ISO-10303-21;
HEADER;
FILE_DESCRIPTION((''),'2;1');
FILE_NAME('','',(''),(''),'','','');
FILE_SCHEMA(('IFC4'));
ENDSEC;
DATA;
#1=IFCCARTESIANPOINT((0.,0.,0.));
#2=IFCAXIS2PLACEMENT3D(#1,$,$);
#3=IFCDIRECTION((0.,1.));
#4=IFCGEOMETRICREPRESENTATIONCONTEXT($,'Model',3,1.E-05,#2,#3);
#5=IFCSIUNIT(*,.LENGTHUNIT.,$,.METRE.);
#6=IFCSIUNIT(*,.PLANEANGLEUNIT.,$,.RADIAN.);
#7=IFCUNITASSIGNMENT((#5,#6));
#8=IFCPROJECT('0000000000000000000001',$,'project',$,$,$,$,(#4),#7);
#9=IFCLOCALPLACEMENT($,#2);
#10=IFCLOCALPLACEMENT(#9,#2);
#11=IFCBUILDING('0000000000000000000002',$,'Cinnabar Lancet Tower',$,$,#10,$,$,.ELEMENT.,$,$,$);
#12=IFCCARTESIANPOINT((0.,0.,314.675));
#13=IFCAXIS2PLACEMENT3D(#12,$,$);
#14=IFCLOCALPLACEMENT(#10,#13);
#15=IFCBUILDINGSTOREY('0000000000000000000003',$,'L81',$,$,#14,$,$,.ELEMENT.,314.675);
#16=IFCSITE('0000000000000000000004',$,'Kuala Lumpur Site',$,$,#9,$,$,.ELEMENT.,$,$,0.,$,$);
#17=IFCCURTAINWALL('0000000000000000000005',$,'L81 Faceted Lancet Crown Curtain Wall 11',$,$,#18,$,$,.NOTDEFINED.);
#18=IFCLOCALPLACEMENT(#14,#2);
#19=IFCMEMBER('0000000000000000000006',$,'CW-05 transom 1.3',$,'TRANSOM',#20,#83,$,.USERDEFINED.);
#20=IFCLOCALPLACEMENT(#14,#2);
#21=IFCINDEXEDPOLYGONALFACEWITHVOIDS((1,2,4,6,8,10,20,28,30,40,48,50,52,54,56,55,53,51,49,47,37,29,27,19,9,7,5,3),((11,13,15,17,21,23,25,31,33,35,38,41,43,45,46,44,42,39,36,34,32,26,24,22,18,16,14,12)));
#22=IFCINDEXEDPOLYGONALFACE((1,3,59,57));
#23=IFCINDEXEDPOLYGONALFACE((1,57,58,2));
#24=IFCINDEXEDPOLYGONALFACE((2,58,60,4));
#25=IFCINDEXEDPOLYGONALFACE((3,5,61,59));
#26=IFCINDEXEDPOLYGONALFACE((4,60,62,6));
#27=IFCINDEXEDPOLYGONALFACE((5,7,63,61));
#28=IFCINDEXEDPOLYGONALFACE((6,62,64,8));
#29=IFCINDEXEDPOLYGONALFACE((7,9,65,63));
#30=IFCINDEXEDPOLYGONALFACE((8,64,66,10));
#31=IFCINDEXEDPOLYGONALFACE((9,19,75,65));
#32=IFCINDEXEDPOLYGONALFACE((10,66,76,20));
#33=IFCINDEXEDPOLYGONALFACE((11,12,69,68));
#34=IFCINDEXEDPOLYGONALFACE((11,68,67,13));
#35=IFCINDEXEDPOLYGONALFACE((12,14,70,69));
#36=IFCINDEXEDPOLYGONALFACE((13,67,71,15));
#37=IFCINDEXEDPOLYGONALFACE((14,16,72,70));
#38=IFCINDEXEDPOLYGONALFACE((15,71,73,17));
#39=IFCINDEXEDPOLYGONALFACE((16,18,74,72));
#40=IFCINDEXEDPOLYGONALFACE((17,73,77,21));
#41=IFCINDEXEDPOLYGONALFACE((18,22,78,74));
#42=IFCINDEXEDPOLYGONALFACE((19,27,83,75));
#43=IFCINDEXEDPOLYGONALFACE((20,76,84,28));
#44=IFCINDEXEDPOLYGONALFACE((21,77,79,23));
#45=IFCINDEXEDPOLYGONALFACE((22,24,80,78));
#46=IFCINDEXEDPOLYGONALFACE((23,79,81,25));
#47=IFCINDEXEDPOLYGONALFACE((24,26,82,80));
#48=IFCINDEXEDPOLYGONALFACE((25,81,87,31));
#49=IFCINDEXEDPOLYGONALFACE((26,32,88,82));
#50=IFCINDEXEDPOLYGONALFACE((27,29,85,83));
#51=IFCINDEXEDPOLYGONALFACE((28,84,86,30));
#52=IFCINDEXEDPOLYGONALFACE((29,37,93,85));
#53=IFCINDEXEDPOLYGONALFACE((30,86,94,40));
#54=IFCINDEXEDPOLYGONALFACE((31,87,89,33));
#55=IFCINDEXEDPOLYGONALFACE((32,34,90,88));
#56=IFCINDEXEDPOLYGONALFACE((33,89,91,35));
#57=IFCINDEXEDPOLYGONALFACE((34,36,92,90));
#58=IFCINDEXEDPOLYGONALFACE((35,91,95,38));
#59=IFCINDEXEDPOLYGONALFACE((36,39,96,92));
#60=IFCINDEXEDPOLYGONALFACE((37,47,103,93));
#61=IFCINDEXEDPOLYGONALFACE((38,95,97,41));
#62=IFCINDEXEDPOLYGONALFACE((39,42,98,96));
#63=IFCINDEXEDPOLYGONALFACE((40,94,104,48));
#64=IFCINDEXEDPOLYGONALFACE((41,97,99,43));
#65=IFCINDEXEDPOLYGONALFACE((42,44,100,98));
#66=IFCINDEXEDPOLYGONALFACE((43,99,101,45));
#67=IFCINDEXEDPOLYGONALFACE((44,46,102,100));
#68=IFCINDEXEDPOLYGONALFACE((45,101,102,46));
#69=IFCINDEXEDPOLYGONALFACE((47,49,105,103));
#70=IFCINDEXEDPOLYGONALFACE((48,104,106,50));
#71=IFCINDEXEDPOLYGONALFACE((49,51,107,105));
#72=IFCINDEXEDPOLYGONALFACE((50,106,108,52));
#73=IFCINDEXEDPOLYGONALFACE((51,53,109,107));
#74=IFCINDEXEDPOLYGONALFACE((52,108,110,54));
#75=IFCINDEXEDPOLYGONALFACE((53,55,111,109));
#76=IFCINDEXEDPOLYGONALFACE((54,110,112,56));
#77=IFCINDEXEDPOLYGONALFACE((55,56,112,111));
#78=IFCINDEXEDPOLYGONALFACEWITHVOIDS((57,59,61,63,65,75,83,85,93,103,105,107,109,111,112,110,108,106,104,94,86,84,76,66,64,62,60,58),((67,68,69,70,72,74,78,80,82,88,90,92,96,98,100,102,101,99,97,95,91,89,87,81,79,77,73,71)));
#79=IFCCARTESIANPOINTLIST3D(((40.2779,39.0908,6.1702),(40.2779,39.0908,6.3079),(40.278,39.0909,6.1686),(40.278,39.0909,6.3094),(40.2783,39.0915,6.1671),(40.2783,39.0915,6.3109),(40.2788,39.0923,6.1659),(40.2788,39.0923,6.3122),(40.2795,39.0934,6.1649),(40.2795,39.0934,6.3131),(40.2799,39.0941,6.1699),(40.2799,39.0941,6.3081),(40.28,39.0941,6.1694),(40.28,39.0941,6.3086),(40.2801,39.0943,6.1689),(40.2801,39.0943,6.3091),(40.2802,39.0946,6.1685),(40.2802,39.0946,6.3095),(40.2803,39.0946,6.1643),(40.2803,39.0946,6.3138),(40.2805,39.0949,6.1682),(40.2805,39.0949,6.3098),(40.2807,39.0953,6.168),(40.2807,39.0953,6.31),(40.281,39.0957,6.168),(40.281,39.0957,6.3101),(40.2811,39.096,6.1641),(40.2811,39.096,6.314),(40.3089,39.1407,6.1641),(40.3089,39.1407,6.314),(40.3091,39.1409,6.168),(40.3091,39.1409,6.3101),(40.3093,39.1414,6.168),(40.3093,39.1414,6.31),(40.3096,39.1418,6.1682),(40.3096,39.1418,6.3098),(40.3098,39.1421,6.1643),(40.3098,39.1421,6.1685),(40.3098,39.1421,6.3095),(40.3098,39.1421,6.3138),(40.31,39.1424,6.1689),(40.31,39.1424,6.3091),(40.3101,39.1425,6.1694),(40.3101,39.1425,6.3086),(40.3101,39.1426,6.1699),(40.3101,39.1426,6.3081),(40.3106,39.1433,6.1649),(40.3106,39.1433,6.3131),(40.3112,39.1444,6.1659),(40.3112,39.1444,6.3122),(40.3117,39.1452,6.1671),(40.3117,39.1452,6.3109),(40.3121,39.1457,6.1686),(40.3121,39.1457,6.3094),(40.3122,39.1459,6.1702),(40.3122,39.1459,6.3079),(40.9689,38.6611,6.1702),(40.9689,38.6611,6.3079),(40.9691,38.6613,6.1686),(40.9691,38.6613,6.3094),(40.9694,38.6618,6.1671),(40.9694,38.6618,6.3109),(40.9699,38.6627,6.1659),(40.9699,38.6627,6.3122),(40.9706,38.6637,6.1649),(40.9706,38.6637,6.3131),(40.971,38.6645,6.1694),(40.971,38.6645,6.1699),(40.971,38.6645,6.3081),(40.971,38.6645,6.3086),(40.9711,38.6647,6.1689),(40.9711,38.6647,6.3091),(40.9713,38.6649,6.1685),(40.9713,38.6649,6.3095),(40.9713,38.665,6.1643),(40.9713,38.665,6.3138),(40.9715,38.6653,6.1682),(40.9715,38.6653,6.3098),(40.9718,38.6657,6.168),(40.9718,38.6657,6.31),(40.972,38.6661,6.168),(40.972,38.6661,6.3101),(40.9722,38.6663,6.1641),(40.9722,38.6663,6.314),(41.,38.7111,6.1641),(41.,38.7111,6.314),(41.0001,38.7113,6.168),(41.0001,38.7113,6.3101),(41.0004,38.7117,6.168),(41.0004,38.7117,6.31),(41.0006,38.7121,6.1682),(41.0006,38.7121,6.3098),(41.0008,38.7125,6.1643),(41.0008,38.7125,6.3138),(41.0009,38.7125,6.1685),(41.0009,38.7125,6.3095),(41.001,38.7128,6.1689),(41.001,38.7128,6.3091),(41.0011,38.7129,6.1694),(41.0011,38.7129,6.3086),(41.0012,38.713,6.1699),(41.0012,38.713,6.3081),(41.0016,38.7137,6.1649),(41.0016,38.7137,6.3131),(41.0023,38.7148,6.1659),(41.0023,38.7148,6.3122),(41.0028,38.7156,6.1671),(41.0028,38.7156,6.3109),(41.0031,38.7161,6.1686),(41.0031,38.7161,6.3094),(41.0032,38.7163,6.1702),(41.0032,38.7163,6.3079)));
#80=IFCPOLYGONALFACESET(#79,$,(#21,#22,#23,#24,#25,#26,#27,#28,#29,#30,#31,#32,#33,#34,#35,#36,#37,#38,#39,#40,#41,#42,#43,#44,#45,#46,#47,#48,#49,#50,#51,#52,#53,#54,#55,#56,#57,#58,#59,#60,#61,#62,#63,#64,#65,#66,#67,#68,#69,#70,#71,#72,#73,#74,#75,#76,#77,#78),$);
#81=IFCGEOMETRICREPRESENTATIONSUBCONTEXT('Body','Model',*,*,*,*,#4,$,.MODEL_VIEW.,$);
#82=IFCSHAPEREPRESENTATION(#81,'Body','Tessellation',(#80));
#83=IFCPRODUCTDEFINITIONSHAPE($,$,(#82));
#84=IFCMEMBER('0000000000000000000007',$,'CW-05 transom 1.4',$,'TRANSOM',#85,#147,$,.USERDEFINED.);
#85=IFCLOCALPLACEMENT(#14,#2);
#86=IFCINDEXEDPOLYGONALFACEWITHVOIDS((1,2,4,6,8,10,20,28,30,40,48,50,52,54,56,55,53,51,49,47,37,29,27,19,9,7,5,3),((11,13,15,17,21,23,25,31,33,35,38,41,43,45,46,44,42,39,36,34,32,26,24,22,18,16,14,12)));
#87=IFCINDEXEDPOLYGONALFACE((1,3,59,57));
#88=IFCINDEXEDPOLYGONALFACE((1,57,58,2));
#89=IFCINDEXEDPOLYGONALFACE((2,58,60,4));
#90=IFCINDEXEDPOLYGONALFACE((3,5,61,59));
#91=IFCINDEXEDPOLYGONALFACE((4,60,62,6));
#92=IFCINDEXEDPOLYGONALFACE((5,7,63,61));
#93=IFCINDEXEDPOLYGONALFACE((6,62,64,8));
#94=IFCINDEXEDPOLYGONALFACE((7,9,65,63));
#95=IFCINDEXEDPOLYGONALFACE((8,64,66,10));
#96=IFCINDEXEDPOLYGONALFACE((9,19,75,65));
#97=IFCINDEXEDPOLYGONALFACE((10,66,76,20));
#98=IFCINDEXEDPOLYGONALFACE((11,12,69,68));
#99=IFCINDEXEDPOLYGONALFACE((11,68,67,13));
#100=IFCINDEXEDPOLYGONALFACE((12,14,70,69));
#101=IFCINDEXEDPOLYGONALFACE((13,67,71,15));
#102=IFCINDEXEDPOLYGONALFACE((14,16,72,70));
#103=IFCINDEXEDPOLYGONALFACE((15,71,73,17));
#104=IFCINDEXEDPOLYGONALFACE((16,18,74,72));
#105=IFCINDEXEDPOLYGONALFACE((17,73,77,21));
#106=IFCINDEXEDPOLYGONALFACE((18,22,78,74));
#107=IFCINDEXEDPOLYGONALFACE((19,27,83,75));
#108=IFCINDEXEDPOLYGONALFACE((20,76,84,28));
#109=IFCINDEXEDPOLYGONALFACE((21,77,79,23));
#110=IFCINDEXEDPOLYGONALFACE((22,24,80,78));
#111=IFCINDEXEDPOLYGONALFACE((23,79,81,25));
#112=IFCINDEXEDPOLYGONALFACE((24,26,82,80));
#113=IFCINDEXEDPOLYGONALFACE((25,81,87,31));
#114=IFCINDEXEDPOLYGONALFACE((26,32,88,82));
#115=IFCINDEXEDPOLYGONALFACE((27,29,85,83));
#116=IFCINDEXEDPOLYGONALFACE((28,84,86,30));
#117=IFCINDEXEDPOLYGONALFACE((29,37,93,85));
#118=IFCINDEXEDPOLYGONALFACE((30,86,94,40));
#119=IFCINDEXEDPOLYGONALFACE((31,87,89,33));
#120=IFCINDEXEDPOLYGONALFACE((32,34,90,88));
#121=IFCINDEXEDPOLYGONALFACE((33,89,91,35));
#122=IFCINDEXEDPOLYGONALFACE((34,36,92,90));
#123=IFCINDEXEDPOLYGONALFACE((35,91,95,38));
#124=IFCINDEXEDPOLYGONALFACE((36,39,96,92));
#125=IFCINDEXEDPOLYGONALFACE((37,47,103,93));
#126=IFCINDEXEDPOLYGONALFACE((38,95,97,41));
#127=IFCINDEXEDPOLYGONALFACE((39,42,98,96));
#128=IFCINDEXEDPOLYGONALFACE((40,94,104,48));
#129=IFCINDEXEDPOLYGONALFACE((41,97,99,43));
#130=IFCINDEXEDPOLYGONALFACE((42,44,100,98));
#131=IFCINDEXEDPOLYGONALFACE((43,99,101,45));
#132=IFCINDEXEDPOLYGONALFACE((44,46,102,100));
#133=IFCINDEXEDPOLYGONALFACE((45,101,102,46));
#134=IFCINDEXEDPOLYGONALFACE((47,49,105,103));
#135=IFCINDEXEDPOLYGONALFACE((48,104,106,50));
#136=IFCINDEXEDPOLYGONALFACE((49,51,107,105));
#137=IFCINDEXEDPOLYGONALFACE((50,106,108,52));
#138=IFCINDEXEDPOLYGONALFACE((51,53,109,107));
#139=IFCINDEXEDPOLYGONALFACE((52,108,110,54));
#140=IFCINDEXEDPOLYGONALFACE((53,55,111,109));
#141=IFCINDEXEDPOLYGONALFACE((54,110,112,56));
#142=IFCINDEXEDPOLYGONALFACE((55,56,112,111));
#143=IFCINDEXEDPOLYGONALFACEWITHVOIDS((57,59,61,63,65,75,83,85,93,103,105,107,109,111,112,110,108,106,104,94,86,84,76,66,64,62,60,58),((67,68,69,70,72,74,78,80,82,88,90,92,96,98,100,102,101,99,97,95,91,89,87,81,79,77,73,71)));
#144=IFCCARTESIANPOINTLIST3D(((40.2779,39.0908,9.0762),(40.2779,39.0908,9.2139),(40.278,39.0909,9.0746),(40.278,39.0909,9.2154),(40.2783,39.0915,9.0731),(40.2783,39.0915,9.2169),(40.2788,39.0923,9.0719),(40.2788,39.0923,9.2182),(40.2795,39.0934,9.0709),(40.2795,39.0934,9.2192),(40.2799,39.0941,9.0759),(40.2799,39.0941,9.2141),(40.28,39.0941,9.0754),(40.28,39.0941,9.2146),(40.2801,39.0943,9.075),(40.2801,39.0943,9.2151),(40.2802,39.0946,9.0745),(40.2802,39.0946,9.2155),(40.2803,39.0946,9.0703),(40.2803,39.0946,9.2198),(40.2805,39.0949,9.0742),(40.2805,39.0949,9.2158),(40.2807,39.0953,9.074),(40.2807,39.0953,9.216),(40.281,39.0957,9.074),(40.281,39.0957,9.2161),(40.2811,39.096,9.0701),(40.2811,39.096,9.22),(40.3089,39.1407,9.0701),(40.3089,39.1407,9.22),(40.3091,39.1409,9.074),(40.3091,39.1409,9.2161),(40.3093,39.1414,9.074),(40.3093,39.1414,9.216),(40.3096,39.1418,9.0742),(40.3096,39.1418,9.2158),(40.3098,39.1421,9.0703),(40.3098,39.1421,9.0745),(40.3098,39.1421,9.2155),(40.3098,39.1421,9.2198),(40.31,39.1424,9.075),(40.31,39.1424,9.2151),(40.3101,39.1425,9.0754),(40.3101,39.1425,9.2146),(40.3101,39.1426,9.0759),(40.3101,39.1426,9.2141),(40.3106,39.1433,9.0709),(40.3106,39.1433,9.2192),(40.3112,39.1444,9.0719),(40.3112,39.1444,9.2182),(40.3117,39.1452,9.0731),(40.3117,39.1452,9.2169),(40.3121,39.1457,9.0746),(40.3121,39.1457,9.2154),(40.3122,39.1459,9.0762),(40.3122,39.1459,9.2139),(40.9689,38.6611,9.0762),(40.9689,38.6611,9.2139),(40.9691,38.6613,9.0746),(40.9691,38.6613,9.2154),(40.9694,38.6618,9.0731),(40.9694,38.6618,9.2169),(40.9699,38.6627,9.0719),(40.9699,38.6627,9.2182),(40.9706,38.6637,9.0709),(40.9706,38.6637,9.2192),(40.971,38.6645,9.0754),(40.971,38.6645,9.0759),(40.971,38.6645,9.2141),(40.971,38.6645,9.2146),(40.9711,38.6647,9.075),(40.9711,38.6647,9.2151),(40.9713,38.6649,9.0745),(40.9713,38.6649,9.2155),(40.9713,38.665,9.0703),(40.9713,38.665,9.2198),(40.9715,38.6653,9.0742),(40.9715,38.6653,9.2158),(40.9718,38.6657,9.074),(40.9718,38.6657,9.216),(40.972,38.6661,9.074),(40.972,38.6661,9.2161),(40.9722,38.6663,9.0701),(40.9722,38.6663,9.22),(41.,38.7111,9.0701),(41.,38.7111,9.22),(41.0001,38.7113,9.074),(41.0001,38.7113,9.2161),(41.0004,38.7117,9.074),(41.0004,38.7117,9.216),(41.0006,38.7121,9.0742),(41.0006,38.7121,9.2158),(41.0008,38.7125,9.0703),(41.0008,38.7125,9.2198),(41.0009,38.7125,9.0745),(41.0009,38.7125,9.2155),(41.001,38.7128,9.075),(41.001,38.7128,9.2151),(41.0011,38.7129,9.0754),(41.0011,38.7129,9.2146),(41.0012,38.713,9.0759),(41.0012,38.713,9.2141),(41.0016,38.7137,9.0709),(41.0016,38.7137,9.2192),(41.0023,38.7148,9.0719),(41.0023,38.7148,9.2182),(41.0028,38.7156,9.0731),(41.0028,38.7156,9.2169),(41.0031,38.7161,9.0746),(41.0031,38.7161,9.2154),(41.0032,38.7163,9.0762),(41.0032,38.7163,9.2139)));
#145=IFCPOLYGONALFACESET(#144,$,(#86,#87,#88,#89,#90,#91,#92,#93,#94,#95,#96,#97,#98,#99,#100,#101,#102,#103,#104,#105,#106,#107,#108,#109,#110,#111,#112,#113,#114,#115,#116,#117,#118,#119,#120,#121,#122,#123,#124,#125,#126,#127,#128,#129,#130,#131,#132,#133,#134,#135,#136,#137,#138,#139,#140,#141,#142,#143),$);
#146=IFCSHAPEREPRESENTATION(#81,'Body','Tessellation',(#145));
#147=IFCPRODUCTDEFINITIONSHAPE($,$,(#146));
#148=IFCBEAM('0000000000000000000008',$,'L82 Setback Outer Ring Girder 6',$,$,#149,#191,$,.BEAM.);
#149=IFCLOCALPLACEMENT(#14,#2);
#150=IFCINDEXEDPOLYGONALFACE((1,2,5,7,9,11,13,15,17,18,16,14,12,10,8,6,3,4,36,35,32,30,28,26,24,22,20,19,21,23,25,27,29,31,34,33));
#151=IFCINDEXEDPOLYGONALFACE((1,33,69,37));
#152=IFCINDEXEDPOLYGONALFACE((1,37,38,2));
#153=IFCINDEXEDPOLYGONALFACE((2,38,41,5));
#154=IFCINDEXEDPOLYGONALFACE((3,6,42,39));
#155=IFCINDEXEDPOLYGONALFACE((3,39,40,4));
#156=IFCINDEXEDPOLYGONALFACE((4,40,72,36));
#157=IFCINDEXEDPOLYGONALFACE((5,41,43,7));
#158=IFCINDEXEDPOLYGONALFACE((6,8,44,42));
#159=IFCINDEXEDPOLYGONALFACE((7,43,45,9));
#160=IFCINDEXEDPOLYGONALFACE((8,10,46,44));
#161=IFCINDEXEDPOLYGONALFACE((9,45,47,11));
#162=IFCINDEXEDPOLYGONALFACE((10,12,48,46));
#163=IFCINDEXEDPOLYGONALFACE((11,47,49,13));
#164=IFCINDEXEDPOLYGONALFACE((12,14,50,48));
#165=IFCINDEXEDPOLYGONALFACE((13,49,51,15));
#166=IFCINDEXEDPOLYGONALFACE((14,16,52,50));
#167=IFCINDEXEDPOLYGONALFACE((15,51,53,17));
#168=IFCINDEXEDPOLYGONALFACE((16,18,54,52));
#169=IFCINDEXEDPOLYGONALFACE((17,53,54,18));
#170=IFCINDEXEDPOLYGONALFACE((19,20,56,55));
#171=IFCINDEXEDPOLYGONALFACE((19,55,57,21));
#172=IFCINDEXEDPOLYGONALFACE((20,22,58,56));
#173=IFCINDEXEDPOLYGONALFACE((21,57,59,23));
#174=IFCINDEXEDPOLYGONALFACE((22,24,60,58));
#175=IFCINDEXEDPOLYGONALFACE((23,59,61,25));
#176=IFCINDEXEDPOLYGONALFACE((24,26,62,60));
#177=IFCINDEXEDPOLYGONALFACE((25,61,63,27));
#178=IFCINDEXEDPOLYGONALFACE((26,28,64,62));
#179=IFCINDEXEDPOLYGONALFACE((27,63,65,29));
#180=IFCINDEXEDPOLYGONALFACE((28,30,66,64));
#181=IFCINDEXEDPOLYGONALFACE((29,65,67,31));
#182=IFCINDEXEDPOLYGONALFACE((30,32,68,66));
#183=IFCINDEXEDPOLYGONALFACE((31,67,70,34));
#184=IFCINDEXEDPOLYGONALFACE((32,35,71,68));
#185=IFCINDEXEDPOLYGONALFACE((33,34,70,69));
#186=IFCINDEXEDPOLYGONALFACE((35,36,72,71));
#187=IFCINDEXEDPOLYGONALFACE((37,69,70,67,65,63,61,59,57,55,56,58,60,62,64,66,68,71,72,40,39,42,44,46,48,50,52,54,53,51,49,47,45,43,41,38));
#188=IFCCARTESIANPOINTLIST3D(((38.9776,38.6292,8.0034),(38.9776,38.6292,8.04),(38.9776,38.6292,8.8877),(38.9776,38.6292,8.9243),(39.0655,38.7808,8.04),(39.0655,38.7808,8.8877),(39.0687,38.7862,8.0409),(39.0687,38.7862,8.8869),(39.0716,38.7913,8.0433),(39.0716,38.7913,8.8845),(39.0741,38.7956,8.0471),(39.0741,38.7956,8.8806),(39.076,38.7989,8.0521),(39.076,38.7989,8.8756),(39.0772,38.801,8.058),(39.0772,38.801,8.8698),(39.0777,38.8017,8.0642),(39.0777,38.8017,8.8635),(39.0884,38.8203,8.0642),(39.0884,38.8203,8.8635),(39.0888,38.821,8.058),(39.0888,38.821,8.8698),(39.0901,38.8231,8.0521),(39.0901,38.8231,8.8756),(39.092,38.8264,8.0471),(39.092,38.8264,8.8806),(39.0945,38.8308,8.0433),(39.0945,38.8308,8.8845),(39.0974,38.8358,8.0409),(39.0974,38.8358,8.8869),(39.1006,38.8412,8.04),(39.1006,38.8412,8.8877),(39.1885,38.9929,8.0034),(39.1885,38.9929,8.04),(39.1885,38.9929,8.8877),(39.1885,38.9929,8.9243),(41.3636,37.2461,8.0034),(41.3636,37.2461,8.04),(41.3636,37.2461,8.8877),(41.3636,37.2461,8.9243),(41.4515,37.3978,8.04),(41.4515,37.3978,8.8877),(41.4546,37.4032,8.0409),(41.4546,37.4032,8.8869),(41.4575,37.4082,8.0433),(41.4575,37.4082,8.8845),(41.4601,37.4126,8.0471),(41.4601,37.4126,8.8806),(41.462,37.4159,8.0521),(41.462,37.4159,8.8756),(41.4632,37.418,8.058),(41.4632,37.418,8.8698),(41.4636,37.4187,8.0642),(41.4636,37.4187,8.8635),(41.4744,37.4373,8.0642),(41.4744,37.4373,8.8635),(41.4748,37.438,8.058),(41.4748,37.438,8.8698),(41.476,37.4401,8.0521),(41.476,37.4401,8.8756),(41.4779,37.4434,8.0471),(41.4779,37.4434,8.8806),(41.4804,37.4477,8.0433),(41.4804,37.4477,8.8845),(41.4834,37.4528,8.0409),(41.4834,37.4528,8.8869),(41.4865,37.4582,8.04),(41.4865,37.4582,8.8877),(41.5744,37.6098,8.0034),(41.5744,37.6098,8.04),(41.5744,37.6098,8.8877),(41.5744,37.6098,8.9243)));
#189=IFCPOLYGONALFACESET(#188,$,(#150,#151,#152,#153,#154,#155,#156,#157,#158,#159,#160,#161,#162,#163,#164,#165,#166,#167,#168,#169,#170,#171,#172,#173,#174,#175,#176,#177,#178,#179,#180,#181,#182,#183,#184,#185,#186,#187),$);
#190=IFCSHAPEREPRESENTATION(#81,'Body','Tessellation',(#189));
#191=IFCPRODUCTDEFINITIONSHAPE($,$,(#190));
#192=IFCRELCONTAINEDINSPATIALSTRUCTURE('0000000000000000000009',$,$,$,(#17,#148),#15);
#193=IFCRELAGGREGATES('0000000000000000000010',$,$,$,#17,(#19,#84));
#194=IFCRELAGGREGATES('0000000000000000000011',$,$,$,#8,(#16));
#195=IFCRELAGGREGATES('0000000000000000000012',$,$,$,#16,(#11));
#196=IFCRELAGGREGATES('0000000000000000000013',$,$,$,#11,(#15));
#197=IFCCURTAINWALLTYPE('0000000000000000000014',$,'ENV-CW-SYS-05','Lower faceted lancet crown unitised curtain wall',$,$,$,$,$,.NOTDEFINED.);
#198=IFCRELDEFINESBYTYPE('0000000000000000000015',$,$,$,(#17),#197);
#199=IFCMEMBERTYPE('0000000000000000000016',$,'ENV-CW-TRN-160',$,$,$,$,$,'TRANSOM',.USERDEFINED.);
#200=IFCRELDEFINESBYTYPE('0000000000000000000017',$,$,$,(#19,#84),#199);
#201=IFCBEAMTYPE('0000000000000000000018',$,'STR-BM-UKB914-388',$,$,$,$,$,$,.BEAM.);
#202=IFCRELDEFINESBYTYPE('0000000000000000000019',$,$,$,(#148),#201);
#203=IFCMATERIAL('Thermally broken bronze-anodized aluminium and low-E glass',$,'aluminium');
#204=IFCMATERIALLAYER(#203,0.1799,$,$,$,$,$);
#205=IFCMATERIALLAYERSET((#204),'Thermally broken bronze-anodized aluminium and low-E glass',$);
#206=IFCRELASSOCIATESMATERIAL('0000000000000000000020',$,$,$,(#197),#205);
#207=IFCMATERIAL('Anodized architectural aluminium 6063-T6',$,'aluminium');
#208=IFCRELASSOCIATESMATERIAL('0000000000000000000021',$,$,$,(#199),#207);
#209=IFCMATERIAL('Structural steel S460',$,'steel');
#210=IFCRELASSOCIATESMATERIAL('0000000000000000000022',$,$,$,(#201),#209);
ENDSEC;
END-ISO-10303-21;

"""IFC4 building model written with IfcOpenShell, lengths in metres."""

from ifc_helpers import new_model, si_unit, direction, frame, origin, origin_2d, place, context, subcontext, project, spatial, hollow_rectangle, i_section, extrude, material, layer, layer_set, material_profile, profile_set, type_object, element, aggregate, save


model = new_model("IFC4")

# Units and contexts
model_context = context("Model", 3, precision=1e-05, world=origin(), true_north=direction((0.0, 1.0)))
body_context = subcontext(model_context, "Body", "Model", "MODEL_VIEW")
ifc_project = project(units=[si_unit("LENGTHUNIT", "METRE"), si_unit("PLANEANGLEUNIT", "RADIAN")], contexts=[model_context])

# Site, building, storey
site_placement = place(None, origin())
site = spatial("IfcSite", under=ifc_project, at=site_placement, Name="Kuala Lumpur Site", CompositionType="ELEMENT", RefElevation=0.0)
building_placement = place(site_placement, origin())
building = spatial("IfcBuilding", under=site, at=building_placement, Name="Cinnabar Lancet Tower", CompositionType="ELEMENT")
storey_placement = place(building_placement, frame((0.0, 0.0, 314.675)))
storey = spatial("IfcBuildingStorey", under=building, at=storey_placement, Name="L81", CompositionType="ELEMENT", Elevation=314.675)

# Curtain wall
ifc_material_1 = material(Name="Thermally broken bronze-anodized aluminium and low-E glass", Category="aluminium")
ifc_layer_1 = layer(ifc_material_1, 0.1799)
ifc_layer_set_1 = layer_set([ifc_layer_1], Name="Thermally broken bronze-anodized aluminium and low-E glass")
curtain_wall_type = type_object("IfcCurtainWallType", Name="ENV-CW-SYS-05", Description="Lower faceted lancet crown unitised curtain wall", PredefinedType="NOTDEFINED", material=ifc_layer_set_1)
curtain_wall_1_placement = place(storey_placement, origin())
curtain_wall_1 = element("IfcCurtainWall", 1, at=curtain_wall_1_placement, inside=storey, type_object=curtain_wall_type, Name="L81 Faceted Lancet Crown Curtain Wall 11", PredefinedType="NOTDEFINED")

# Members
ifc_material_2 = material(Name="Anodized architectural aluminium 6063-T6", Category="aluminium")
ifc_material_profile_1 = material_profile(ifc_material_2, hollow_rectangle(XDim=0.0649, YDim=0.1499, WallThickness=0.0039, InnerFilletRadius=0.002, OuterFilletRadius=0.0061, at=origin_2d()), Name="CW-TRN 150x65x4")
ifc_profile_set_1 = profile_set([ifc_material_profile_1], Name="Anodized architectural aluminium 6063-T6")
member_type_1 = type_object("IfcMemberType", Name="ENV-CW-TRN-160", ElementType="TRANSOM", PredefinedType="USERDEFINED", material=ifc_profile_set_1)
member_1_placement = place(storey_placement, frame((40.9861, 38.6887, 6.239), z_axis=(-0.84926, 0.527975, 0.0), x_axis=(-0.527975, -0.84926, 0.0)))
member_1 = element("IfcMember", 2, at=member_1_placement, type_object=member_type_1, Name="CW-05 transom 1.3", ObjectType="TRANSOM", PredefinedType="USERDEFINED", context=body_context, shape_type="SweptSolid", body=[
    extrude(hollow_rectangle(XDim=0.0649, YDim=0.1499, WallThickness=0.0039, InnerFilletRadius=0.002, OuterFilletRadius=0.0061, at=origin_2d()), origin(), (0.0, 0.0, 1.0), 0.8137),
])
member_2_placement = place(storey_placement, frame((40.9861, 38.6887, 9.145), z_axis=(-0.84926, 0.527975, 0.0), x_axis=(-0.527975, -0.84926, 0.0)))
member_2 = element("IfcMember", 3, at=member_2_placement, type_object=member_type_1, Name="CW-05 transom 1.4", ObjectType="TRANSOM", PredefinedType="USERDEFINED", context=body_context, shape_type="SweptSolid", body=[
    extrude(hollow_rectangle(XDim=0.0649, YDim=0.1499, WallThickness=0.0039, InnerFilletRadius=0.002, OuterFilletRadius=0.0061, at=origin_2d()), origin(), (0.0, 0.0, 1.0), 0.8137),
])

# Beam
ifc_material_3 = material(Name="Structural steel S460", Category="steel")
ifc_material_profile_2 = material_profile(ifc_material_3, i_section(OverallWidth=0.4204, OverallDepth=0.9209, WebThickness=0.0215, FlangeThickness=0.0366, FilletRadius=0.0242, at=origin_2d()), Name="UKB 914x419x388")
ifc_profile_set_2 = profile_set([ifc_material_profile_2], Name="Structural steel S460")
beam_type = type_object("IfcBeamType", Name="STR-BM-UKB914-388", PredefinedType="BEAM", material=ifc_profile_set_2)
beam_1_placement = place(storey_placement, frame((41.469, 37.428, 8.4639), z_axis=(-0.865159, 0.501497, 0.0), x_axis=(-0.501497, -0.865159, 0.0)))
element("IfcBeam", 4, at=beam_1_placement, inside=storey, type_object=beam_type, Name="L82 Setback Outer Ring Girder 6", PredefinedType="BEAM", context=body_context, shape_type="SweptSolid", body=[
    extrude(i_section(OverallWidth=0.4204, OverallDepth=0.9209, WebThickness=0.0215, FlangeThickness=0.0366, FilletRadius=0.0242, at=origin_2d()), origin(), (0.0, 0.0, 1.0), 2.7578),
])

aggregate(curtain_wall_1, [member_1, member_2])

save(model, "model.ifc")
